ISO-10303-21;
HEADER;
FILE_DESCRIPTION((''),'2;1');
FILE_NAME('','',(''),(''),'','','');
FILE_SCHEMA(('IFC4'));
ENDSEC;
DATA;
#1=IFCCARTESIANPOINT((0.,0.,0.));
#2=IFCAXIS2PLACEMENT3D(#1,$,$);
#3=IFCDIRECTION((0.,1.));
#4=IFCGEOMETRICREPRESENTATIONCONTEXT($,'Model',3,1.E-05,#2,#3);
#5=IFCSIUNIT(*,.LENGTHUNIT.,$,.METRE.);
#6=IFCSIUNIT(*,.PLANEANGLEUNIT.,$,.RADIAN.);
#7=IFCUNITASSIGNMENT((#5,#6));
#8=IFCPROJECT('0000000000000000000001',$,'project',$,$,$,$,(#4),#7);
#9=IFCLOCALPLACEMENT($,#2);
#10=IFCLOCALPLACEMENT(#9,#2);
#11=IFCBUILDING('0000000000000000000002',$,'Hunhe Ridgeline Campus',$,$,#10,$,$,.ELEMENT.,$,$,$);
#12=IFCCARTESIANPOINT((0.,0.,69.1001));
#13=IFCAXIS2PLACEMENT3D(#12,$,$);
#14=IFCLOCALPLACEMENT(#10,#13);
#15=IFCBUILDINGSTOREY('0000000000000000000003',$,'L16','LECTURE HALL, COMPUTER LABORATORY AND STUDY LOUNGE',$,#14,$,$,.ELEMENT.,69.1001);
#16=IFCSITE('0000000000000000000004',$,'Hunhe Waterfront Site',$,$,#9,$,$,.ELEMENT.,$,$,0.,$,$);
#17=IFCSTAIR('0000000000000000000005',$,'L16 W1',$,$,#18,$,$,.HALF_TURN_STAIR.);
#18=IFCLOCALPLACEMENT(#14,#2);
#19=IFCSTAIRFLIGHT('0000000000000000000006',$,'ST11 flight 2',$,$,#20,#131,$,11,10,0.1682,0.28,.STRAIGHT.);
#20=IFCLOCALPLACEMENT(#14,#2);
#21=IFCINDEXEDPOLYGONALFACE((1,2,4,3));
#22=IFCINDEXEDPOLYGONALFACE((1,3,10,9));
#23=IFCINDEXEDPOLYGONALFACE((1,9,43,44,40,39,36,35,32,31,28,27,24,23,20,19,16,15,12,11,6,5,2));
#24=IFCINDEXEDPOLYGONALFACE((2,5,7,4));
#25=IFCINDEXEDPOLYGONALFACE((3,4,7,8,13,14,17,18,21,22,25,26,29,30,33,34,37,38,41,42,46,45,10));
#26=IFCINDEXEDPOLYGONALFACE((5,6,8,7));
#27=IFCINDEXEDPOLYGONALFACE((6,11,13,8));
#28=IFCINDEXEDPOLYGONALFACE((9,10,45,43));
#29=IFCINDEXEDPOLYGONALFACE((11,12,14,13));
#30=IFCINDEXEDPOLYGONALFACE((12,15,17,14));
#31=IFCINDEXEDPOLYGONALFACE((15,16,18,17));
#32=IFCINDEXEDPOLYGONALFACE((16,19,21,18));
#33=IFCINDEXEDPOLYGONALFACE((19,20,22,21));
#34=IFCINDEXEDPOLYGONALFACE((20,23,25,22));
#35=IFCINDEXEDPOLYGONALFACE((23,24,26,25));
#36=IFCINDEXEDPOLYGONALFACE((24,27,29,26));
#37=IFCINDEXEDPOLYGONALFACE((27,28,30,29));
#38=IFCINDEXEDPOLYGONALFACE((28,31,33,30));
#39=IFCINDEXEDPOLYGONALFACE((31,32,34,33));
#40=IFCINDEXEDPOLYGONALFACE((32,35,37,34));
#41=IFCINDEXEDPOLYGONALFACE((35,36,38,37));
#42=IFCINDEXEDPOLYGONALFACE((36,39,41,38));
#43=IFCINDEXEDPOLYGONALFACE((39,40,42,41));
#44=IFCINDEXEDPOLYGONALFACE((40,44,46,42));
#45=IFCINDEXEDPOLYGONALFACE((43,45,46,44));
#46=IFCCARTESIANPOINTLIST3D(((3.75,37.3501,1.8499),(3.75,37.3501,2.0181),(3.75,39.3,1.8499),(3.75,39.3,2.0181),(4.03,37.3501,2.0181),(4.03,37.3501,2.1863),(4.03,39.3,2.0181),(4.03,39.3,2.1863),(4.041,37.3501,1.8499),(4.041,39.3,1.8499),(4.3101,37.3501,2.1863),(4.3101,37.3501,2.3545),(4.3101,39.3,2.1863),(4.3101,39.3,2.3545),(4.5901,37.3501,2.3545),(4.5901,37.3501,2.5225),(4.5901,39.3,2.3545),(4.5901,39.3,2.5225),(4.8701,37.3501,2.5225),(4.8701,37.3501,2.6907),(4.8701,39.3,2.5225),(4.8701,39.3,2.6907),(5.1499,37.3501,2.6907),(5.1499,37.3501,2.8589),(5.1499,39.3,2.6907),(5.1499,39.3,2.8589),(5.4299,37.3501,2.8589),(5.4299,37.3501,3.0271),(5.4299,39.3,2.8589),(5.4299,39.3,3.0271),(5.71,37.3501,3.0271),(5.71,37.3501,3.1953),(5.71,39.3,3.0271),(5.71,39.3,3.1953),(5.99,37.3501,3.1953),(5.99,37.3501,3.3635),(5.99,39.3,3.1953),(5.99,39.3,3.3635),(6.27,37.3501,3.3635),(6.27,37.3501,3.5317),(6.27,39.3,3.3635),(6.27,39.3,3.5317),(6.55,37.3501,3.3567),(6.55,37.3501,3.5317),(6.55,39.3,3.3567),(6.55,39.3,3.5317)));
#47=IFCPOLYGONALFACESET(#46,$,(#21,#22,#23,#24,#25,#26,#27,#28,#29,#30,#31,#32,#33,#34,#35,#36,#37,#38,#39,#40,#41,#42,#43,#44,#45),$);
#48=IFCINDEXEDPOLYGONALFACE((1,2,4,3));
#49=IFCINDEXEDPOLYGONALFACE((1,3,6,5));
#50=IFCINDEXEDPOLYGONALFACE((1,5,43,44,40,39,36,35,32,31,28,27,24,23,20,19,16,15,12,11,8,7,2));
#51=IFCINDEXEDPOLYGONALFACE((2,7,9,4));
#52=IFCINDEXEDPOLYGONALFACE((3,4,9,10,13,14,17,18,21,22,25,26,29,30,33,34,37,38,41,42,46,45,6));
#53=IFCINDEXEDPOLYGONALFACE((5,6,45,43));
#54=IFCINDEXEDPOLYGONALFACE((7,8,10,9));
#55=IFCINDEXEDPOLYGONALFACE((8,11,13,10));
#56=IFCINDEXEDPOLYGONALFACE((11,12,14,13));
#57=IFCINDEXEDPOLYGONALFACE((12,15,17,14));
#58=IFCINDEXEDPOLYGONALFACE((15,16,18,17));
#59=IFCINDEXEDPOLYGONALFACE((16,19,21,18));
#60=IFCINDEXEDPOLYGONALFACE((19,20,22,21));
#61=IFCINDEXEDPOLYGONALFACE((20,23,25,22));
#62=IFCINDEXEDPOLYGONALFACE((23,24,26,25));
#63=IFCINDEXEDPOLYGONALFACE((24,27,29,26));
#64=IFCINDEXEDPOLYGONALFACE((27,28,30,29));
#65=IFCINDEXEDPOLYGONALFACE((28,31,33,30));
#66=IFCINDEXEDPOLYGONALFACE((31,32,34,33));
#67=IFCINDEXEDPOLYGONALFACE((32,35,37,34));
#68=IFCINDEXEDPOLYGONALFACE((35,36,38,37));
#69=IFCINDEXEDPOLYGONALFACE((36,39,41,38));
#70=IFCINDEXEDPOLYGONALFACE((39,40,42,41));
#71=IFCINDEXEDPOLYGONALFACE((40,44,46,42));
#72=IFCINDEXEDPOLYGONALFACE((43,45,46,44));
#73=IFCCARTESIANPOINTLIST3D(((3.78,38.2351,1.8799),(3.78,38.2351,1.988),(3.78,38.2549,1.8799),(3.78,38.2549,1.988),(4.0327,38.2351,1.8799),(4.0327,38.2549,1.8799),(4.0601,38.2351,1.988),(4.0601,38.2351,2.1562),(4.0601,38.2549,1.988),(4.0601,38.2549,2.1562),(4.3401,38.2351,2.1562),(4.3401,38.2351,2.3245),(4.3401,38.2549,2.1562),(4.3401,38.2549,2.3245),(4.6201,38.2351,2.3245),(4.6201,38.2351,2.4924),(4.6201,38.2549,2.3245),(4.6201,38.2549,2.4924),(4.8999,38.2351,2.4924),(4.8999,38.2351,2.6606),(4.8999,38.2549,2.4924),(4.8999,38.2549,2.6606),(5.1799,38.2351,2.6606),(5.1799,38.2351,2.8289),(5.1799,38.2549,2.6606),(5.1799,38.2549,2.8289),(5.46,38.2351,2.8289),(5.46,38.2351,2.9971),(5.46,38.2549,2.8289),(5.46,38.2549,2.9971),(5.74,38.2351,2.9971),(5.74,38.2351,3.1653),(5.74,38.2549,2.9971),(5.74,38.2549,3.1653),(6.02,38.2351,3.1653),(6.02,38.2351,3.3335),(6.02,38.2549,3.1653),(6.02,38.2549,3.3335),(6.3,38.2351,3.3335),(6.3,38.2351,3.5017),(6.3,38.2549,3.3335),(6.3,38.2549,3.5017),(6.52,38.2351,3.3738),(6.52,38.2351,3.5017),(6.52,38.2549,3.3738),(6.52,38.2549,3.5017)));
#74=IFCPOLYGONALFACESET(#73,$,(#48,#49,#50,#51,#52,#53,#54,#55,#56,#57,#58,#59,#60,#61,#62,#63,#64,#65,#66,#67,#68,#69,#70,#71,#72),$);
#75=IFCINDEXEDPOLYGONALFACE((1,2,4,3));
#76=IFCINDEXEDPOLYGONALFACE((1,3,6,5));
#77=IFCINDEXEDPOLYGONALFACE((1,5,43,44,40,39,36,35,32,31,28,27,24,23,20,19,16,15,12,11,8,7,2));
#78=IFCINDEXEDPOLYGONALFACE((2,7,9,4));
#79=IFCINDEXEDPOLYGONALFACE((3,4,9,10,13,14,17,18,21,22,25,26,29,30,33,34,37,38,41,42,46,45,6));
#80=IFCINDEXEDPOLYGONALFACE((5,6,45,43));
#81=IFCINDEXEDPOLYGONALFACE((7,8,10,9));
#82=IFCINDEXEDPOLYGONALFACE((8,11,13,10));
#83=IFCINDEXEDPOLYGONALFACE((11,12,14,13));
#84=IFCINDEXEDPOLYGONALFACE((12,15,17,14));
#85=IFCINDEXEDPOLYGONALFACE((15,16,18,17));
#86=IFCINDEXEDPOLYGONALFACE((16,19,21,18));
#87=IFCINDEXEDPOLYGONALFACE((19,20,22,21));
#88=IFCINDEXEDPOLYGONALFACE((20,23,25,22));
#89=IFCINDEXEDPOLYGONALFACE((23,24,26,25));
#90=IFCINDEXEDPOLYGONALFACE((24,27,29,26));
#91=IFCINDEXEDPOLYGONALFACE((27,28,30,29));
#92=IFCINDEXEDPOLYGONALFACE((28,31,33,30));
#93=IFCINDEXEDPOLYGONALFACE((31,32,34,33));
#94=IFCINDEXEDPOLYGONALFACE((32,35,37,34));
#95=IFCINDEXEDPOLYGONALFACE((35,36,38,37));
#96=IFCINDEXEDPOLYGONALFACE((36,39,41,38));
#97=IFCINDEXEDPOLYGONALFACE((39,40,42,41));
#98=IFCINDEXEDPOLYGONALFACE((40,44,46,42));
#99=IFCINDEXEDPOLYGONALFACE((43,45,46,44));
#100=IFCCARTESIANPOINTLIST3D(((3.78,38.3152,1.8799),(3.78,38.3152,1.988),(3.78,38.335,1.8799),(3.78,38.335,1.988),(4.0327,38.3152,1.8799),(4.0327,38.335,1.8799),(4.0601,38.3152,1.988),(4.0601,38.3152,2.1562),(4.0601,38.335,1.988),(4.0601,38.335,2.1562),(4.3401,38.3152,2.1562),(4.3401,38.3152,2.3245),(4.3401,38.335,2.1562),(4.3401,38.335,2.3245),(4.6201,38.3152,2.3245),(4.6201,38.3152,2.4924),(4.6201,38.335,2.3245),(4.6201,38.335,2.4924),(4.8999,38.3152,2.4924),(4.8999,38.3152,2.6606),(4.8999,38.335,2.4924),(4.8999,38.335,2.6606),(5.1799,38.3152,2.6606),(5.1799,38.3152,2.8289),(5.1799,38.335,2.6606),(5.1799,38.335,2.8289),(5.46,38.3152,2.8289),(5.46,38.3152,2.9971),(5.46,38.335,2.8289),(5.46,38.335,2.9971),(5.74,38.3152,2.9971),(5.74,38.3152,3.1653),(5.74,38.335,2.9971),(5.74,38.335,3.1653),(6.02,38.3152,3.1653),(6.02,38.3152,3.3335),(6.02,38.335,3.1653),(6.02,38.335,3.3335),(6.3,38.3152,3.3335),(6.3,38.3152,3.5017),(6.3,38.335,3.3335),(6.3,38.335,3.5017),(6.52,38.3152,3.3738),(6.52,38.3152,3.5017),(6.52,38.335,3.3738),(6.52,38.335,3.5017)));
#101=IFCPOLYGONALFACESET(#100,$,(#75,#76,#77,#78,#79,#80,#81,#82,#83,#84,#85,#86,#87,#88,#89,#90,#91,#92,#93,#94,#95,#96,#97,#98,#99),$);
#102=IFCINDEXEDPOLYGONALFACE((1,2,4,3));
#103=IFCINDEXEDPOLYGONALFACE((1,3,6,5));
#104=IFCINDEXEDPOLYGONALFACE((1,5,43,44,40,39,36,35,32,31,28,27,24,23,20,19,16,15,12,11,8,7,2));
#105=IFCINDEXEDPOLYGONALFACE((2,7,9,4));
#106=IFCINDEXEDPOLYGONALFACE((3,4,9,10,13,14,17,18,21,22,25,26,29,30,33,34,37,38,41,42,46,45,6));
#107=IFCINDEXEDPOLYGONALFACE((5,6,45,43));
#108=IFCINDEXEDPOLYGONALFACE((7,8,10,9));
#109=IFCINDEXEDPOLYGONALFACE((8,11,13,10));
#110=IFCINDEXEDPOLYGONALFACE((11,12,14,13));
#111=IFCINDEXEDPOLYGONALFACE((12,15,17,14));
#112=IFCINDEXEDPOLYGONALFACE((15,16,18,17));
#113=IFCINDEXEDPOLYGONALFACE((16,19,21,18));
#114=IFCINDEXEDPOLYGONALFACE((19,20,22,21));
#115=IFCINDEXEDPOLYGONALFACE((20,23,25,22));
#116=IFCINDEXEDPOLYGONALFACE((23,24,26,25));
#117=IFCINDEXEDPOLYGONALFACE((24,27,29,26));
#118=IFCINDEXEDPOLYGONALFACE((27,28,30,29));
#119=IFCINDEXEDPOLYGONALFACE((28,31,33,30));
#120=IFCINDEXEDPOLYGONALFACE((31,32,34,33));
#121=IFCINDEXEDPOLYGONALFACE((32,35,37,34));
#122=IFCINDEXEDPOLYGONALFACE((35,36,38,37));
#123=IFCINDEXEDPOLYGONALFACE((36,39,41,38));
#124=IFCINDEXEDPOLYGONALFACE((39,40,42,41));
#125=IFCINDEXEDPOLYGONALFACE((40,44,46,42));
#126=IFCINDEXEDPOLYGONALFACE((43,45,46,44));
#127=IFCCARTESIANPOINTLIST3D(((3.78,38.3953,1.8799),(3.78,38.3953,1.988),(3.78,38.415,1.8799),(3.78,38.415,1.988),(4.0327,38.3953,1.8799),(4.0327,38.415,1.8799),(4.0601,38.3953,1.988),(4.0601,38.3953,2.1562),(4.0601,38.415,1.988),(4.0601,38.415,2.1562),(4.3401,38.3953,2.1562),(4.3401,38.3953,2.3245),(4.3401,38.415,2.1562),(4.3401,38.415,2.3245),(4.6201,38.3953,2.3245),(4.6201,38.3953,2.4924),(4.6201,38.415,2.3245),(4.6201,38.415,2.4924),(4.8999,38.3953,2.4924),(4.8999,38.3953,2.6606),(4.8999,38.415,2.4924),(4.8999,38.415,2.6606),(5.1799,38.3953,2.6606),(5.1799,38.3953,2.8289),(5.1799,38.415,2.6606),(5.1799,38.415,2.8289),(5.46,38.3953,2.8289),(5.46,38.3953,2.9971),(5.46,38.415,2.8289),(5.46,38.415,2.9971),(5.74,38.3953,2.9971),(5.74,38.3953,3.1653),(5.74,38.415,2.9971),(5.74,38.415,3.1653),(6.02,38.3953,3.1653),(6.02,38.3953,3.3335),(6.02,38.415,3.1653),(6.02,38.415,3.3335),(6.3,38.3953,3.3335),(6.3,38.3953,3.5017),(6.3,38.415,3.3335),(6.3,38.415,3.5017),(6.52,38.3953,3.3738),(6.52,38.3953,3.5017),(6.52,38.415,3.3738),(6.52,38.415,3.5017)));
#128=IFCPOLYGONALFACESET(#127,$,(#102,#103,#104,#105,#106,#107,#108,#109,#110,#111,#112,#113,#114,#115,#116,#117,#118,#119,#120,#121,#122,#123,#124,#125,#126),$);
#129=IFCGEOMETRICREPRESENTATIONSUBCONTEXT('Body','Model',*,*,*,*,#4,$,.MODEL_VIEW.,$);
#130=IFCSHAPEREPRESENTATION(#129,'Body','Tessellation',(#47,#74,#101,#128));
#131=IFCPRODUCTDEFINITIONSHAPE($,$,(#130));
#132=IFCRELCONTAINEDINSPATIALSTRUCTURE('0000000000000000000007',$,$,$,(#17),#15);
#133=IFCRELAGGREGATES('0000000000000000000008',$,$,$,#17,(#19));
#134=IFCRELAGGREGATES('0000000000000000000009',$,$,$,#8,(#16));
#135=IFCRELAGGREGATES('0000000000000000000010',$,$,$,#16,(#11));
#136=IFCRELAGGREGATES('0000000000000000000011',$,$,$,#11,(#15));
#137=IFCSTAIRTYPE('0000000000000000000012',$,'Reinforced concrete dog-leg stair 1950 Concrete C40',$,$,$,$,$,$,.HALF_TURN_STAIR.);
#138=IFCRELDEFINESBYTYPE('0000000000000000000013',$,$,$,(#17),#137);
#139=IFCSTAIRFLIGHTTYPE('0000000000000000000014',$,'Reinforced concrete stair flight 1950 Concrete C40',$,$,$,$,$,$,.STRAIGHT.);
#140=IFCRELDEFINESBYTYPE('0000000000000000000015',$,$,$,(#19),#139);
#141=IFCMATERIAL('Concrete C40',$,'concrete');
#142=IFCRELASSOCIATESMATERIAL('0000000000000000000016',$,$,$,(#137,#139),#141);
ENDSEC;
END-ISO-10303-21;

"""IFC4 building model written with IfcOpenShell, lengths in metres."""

from ifc_helpers import new_model, si_unit, direction, frame, origin, place, context, subcontext, project, spatial, polyline, outline, extrude, material, type_object, element, aggregate, save


model = new_model("IFC4")

# Units and contexts
model_context = context("Model", 3, precision=1e-05, world=origin(), true_north=direction((0.0, 1.0)))
body_context = subcontext(model_context, "Body", "Model", "MODEL_VIEW")
ifc_project = project(units=[si_unit("LENGTHUNIT", "METRE"), si_unit("PLANEANGLEUNIT", "RADIAN")], contexts=[model_context])

# Site, building, storey
site_placement = place(None, origin())
site = spatial("IfcSite", under=ifc_project, at=site_placement, Name="Hunhe Waterfront Site", CompositionType="ELEMENT", RefElevation=0.0)
building_placement = place(site_placement, origin())
building = spatial("IfcBuilding", under=site, at=building_placement, Name="Hunhe Ridgeline Campus", CompositionType="ELEMENT")
storey_placement = place(building_placement, frame((0.0, 0.0, 69.1001)))
storey = spatial("IfcBuildingStorey", under=building, at=storey_placement, Name="L16", Description="LECTURE HALL, COMPUTER LABORATORY AND STUDY LOUNGE", CompositionType="ELEMENT", Elevation=69.1001)

# Stair, stair flight
ifc_material_1 = material(Name="Concrete C40", Category="concrete")
stair_type = type_object("IfcStairType", Name="Reinforced concrete dog-leg stair 1950 Concrete C40", PredefinedType="HALF_TURN_STAIR", material=ifc_material_1)
stair_placement = place(storey_placement, origin())
stair = element("IfcStair", 1, at=stair_placement, inside=storey, type_object=stair_type, Name="L16 W1", PredefinedType="HALF_TURN_STAIR")
stair_flight_type = type_object("IfcStairFlightType", Name="Reinforced concrete stair flight 1950 Concrete C40", PredefinedType="STRAIGHT", material=ifc_material_1)
stair_flight_1_placement = place(storey_placement, frame((3.75, 38.325, 1.8499), z_axis=(0.0, 0.0, 1.0), x_axis=(1.0, 0.0, 0.0)))
stair_flight_1 = element("IfcStairFlight", 2, at=stair_flight_1_placement, type_object=stair_flight_type, Name="ST11 flight 2", NumberOfRisers=11, NumberOfTreads=10, PredefinedType="STRAIGHT", RiserHeight=0.1682, TreadLength=0.28, context=body_context, shape_type="SweptSolid", body=[
    extrude(outline(polyline([(0.0, 0.0), (0.0, 0.1682), (0.28, 0.1682), (0.28, 0.3364), (0.5601, 0.3364), (0.5601, 0.5046), (0.8401, 0.5046), (0.8401, 0.6726), (1.1201, 0.6726), (1.1201, 0.8408), (1.3999, 0.8408), (1.3999, 1.009), (1.6799, 1.009), (1.6799, 1.1772), (1.96, 1.1772), (1.96, 1.3455), (2.24, 1.3455), (2.24, 1.5137), (2.52, 1.5137), (2.52, 1.6819), (2.8, 1.6819), (2.8, 1.8501), (2.8, 1.5068), (0.291, 0.0), (0.0, 0.0)])), frame((0.0, 0.9751, 0.0), z_axis=(0.0, -1.0, 0.0), x_axis=(1.0, 0.0, 0.0)), (0.0, 0.0, 1.0), 1.95),
    extrude(outline(polyline([(0.03, 0.03), (0.03, 0.1382), (0.3101, 0.1382), (0.3101, 0.3064), (0.5901, 0.3064), (0.5901, 0.4746), (0.8701, 0.4746), (0.8701, 0.6426), (1.1499, 0.6426), (1.1499, 0.8108), (1.4299, 0.8108), (1.4299, 0.979), (1.71, 0.979), (1.71, 1.1472), (1.99, 1.1472), (1.99, 1.3154), (2.27, 1.3154), (2.27, 1.4836), (2.55, 1.4836), (2.55, 1.6519), (2.77, 1.6519), (2.77, 1.5239), (0.2827, 0.03), (0.03, 0.03)])), frame((0.0, -0.0701, 0.0), z_axis=(0.0, -1.0, 0.0), x_axis=(1.0, 0.0, 0.0)), (0.0, 0.0, 1.0), 0.0198),
    extrude(outline(polyline([(0.03, 0.03), (0.03, 0.1382), (0.3101, 0.1382), (0.3101, 0.3064), (0.5901, 0.3064), (0.5901, 0.4746), (0.8701, 0.4746), (0.8701, 0.6426), (1.1499, 0.6426), (1.1499, 0.8108), (1.4299, 0.8108), (1.4299, 0.979), (1.71, 0.979), (1.71, 1.1472), (1.99, 1.1472), (1.99, 1.3154), (2.27, 1.3154), (2.27, 1.4836), (2.55, 1.4836), (2.55, 1.6519), (2.77, 1.6519), (2.77, 1.5239), (0.2827, 0.03), (0.03, 0.03)])), frame((0.0, 0.01, 0.0), z_axis=(0.0, -1.0, 0.0), x_axis=(1.0, 0.0, 0.0)), (0.0, 0.0, 1.0), 0.0198),
    extrude(outline(polyline([(0.03, 0.03), (0.03, 0.1382), (0.3101, 0.1382), (0.3101, 0.3064), (0.5901, 0.3064), (0.5901, 0.4746), (0.8701, 0.4746), (0.8701, 0.6426), (1.1499, 0.6426), (1.1499, 0.8108), (1.4299, 0.8108), (1.4299, 0.979), (1.71, 0.979), (1.71, 1.1472), (1.99, 1.1472), (1.99, 1.3154), (2.27, 1.3154), (2.27, 1.4836), (2.55, 1.4836), (2.55, 1.6519), (2.77, 1.6519), (2.77, 1.5239), (0.2827, 0.03), (0.03, 0.03)])), frame((0.0, 0.0901, 0.0), z_axis=(0.0, -1.0, 0.0), x_axis=(1.0, 0.0, 0.0)), (0.0, 0.0, 1.0), 0.0198),
])
aggregate(stair, [stair_flight_1])

save(model, "model.ifc")
